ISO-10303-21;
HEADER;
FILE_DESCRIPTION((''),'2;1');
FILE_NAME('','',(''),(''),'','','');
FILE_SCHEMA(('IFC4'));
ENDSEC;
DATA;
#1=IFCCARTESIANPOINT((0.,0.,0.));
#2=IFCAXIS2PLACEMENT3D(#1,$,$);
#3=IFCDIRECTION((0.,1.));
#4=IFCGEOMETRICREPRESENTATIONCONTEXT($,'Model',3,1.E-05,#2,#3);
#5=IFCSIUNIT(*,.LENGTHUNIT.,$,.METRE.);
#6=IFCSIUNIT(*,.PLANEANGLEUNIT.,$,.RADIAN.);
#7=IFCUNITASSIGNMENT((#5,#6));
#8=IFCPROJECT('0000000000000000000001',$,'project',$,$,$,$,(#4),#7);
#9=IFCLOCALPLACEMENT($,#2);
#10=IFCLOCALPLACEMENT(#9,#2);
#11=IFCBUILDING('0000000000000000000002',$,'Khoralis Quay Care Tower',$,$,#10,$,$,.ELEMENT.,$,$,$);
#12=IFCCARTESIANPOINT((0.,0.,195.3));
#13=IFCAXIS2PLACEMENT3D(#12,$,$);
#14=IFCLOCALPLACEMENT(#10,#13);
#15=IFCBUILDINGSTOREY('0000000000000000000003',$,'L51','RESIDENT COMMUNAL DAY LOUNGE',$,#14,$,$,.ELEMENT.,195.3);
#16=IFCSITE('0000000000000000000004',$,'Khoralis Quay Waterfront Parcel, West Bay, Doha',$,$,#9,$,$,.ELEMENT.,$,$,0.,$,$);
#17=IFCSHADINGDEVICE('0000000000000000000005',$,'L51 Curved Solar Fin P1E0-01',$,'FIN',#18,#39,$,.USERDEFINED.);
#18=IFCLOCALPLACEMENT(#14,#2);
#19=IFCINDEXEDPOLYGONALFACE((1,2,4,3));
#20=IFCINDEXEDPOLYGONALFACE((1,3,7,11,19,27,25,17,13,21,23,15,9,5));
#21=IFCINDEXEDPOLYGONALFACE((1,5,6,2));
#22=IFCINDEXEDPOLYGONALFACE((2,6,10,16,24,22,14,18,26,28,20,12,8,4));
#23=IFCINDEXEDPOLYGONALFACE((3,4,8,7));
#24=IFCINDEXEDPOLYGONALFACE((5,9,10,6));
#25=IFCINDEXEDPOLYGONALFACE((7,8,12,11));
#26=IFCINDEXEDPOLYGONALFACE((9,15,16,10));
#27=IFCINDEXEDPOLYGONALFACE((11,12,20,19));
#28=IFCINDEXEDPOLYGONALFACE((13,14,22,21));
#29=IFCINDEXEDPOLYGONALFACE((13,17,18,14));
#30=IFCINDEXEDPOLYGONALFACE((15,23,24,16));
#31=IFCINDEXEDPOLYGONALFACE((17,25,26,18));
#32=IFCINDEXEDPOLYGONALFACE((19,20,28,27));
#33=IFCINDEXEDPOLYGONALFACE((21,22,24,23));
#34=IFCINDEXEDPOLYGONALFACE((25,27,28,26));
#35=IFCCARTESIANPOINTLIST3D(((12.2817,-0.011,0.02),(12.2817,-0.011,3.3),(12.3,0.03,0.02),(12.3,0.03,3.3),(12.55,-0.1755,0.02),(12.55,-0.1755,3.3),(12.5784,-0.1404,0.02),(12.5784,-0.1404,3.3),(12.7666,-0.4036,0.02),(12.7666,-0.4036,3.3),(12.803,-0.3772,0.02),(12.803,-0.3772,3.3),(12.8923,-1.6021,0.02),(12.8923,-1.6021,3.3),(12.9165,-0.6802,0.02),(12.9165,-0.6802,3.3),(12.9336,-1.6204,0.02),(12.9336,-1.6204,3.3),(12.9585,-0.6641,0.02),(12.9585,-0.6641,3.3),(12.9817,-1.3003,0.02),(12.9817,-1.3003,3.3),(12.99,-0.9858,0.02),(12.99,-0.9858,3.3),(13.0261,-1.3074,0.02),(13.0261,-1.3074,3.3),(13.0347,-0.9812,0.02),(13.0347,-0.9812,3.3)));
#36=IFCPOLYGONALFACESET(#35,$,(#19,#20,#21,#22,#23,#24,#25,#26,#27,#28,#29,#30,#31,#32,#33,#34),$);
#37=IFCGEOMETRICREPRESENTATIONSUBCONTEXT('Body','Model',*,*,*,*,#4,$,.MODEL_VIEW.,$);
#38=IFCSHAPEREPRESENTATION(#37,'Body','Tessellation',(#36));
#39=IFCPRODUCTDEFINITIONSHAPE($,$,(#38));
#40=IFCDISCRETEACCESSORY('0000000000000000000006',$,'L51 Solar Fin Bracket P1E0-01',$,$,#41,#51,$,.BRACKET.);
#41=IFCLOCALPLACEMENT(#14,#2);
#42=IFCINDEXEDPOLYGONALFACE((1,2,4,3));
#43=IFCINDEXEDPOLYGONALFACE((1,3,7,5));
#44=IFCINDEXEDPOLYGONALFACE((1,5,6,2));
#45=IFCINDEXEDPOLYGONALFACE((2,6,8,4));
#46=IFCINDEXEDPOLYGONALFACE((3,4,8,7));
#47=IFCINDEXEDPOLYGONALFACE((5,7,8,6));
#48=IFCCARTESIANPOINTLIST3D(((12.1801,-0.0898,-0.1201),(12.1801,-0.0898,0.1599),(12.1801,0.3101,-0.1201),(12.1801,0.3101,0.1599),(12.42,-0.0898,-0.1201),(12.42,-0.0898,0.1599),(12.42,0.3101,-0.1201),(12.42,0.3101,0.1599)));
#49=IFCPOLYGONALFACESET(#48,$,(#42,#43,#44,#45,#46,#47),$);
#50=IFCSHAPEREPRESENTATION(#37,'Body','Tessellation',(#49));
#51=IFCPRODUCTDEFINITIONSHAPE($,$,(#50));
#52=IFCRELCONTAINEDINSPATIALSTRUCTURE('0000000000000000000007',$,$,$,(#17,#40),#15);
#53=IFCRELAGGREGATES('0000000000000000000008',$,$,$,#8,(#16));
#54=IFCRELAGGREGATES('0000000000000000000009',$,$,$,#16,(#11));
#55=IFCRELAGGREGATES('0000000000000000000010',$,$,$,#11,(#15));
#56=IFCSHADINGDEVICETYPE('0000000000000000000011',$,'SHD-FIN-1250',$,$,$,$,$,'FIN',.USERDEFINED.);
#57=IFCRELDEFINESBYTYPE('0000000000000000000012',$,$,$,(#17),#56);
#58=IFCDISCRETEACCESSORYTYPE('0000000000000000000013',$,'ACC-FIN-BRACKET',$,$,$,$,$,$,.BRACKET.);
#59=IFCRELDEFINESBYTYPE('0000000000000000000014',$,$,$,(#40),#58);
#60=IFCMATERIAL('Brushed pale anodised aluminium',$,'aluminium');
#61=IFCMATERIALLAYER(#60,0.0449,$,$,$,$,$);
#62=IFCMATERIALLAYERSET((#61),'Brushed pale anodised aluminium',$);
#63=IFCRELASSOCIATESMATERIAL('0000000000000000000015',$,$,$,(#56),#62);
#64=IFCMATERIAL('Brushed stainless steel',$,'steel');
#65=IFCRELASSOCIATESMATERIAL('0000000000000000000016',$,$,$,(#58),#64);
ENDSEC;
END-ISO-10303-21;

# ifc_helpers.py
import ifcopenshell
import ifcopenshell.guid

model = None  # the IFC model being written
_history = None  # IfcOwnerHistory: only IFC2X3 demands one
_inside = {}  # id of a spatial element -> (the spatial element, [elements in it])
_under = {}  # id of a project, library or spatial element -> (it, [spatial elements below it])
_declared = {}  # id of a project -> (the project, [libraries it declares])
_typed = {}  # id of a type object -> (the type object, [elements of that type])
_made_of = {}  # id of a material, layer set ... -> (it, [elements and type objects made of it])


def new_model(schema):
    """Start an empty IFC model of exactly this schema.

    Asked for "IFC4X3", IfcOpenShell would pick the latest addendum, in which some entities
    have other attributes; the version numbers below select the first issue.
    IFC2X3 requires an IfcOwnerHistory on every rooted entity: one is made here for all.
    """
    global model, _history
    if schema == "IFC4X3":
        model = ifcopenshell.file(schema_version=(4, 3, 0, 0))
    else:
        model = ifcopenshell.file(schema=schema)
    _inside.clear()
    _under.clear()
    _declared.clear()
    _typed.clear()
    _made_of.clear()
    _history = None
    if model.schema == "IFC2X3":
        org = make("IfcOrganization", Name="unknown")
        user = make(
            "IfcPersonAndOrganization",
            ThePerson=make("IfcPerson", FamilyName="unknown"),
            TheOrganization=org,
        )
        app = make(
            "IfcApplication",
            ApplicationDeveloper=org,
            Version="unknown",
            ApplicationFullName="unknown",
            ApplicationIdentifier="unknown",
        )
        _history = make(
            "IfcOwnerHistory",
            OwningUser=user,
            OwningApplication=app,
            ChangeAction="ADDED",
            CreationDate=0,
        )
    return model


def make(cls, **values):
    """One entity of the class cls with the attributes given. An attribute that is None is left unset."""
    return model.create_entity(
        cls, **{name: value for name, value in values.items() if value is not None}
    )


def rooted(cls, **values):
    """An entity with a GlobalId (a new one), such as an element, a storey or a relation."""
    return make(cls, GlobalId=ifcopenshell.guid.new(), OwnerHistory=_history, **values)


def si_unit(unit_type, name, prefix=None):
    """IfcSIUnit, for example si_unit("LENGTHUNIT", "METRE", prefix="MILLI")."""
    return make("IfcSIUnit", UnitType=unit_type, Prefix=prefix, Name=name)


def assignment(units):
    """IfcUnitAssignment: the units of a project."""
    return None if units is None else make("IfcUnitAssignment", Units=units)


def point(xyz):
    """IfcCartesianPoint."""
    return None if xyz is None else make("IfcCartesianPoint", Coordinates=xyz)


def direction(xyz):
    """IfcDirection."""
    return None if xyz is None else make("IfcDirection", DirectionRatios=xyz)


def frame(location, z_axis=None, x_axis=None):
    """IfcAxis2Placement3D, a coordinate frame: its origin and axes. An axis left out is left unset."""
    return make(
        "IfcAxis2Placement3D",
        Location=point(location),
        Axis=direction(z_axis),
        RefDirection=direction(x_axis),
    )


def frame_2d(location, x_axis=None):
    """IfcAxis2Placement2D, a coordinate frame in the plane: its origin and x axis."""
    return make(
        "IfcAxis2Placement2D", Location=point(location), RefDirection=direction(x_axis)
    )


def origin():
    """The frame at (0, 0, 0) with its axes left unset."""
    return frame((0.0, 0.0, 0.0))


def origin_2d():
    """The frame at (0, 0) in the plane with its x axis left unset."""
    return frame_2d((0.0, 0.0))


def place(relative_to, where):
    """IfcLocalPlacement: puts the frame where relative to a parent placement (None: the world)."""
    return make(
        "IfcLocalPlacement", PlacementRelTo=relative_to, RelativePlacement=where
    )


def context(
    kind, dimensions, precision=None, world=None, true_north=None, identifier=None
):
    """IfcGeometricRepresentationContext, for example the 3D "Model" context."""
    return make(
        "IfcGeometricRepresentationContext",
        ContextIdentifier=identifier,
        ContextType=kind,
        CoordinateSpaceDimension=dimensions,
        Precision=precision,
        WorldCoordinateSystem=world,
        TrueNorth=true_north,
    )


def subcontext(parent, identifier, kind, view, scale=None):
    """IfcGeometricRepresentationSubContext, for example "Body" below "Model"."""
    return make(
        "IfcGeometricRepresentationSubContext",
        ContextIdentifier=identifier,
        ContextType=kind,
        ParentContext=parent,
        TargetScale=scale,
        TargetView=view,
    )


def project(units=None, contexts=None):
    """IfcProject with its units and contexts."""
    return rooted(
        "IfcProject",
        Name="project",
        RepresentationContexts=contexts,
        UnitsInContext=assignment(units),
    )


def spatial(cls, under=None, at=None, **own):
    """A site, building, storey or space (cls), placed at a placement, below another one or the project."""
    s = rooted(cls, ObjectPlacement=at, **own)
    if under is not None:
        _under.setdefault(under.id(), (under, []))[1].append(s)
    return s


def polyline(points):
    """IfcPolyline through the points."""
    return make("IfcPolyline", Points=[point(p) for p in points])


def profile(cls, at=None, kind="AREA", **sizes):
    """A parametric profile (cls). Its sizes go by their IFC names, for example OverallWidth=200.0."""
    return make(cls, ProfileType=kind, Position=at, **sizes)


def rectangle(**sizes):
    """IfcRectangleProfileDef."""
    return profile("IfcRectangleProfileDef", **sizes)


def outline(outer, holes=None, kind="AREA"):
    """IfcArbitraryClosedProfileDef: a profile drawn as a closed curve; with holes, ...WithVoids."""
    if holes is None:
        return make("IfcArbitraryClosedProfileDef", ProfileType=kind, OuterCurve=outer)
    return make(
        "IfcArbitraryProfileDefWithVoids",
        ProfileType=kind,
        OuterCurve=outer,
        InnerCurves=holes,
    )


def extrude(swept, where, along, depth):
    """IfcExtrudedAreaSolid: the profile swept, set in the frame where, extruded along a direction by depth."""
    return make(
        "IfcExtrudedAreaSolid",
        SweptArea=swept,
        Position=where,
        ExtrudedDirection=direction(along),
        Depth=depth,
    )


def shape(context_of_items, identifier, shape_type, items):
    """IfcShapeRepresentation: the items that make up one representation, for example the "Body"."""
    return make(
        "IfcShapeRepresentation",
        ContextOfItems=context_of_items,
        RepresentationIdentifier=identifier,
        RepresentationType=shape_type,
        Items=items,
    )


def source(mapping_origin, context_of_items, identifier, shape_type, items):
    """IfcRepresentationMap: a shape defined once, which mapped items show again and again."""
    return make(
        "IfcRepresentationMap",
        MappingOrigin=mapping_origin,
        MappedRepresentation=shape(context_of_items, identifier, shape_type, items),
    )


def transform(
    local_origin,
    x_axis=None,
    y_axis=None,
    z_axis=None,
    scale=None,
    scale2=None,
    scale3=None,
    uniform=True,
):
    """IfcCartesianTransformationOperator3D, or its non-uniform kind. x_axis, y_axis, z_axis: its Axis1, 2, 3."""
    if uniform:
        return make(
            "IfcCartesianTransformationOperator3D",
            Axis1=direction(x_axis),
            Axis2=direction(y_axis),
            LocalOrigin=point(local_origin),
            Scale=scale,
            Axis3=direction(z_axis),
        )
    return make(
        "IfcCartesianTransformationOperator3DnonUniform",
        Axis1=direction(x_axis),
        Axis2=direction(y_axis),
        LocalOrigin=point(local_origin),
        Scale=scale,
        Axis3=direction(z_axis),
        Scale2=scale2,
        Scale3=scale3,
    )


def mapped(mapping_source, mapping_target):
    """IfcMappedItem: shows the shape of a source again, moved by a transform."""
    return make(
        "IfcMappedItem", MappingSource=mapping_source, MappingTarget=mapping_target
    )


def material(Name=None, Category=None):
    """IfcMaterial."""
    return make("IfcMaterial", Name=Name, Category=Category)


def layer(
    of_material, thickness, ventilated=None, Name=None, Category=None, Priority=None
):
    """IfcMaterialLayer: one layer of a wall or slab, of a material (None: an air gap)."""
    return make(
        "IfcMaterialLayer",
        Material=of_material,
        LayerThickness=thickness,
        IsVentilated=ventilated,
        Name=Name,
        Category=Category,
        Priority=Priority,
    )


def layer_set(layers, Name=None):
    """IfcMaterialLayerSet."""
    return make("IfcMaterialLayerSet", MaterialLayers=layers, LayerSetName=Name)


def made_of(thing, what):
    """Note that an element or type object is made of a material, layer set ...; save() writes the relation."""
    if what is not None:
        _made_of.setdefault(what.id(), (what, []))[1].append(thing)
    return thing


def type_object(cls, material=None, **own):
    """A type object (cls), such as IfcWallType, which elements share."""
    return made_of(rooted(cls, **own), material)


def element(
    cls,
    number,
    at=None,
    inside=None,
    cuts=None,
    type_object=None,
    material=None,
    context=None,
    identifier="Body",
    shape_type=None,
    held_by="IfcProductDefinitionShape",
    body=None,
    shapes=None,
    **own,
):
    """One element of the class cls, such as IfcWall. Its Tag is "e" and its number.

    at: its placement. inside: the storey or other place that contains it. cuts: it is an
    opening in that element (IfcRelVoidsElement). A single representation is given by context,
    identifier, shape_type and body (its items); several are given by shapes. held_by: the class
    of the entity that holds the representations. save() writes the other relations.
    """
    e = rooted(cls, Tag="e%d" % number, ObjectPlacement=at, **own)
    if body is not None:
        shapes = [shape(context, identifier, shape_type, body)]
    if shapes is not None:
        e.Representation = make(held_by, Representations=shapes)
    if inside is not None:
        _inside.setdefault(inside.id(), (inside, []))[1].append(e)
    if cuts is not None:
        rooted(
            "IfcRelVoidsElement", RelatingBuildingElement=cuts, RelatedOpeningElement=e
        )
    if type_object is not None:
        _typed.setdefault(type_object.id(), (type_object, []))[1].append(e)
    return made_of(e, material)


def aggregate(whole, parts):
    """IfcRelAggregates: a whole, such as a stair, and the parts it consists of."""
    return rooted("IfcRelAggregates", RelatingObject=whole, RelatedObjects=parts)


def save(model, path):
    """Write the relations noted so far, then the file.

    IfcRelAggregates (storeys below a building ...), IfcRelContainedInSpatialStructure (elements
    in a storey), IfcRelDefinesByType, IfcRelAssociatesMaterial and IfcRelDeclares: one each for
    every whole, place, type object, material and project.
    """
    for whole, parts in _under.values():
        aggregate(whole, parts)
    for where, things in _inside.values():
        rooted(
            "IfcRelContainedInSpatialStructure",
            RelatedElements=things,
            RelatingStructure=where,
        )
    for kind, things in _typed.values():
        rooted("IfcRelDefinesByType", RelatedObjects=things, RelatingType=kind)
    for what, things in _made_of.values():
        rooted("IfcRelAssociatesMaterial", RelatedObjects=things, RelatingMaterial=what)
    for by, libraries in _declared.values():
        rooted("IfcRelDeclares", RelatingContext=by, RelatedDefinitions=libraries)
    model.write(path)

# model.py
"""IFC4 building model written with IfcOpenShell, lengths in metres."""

from ifc_helpers import new_model, si_unit, direction, frame, origin, origin_2d, place, context, subcontext, project, spatial, polyline, rectangle, outline, extrude, source, transform, mapped, material, layer, layer_set, type_object, element, save


model = new_model("IFC4")

# Units and contexts
model_context = context("Model", 3, precision=1e-05, world=origin(), true_north=direction((0.0, 1.0)))
body_context = subcontext(model_context, "Body", "Model", "MODEL_VIEW")
ifc_project = project(units=[si_unit("LENGTHUNIT", "METRE"), si_unit("PLANEANGLEUNIT", "RADIAN")], contexts=[model_context])

# Site, building, storey
site_placement = place(None, origin())
site = spatial("IfcSite", under=ifc_project, at=site_placement, Name="Khoralis Quay Waterfront Parcel, West Bay, Doha", CompositionType="ELEMENT", RefElevation=0.0)
building_placement = place(site_placement, origin())
building = spatial("IfcBuilding", under=site, at=building_placement, Name="Khoralis Quay Care Tower", CompositionType="ELEMENT")
storey_placement = place(building_placement, frame((0.0, 0.0, 195.3)))
storey = spatial("IfcBuildingStorey", under=building, at=storey_placement, Name="L51", Description="RESIDENT COMMUNAL DAY LOUNGE", CompositionType="ELEMENT", Elevation=195.3)

# Shading device
ifc_material_1 = material(Name="Brushed pale anodised aluminium", Category="aluminium")
ifc_layer_1 = layer(ifc_material_1, 0.0449)
ifc_layer_set_1 = layer_set([ifc_layer_1], Name="Brushed pale anodised aluminium")
shading_device_type = type_object("IfcShadingDeviceType", Name="SHD-FIN-1250", ElementType="FIN", PredefinedType="USERDEFINED", material=ifc_layer_set_1)
shared_shape_1 = source(origin(), body_context, "Body", "SweptSolid", [
    extrude(outline(polyline([(0.0, 0.0), (0.1704, 0.2783), (0.4072, 0.5029), (0.6941, 0.6584), (1.0112, 0.7346), (1.3374, 0.7261), (1.6504, 0.6335), (1.6321, 0.5923), (1.3303, 0.6816), (1.0159, 0.6899), (0.7102, 0.6165), (0.4336, 0.4666), (0.2056, 0.25), (0.041, -0.0183), (0.0, 0.0)])), origin(), (0.0, 0.0, 1.0), 3.28),
])
shading_device_placement = place(storey_placement, frame((12.3, 0.03, 0.02), z_axis=(0.0, 0.0, 1.0), x_axis=(0.0, -1.0, 0.0)))
element("IfcShadingDevice", 1, at=shading_device_placement, inside=storey, type_object=shading_device_type, Name="L51 Curved Solar Fin P1E0-01", ObjectType="FIN", PredefinedType="USERDEFINED", context=body_context, shape_type="MappedRepresentation", body=[
    mapped(shared_shape_1, transform((0.0, 0.0, 0.0), scale=1.0)),
])

# Discrete accessory
ifc_material_2 = material(Name="Brushed stainless steel", Category="steel")
discrete_accessory_type = type_object("IfcDiscreteAccessoryType", Name="ACC-FIN-BRACKET", PredefinedType="BRACKET", material=ifc_material_2)
shared_shape_2 = source(origin(), body_context, "Body", "SweptSolid", [
    extrude(rectangle(XDim=0.3999, YDim=0.24, at=origin_2d()), origin(), (0.0, 0.0, 1.0), 0.28),
])
discrete_accessory_placement = place(storey_placement, frame((12.3, 0.1101, -0.1201), z_axis=(0.0, 0.0, 1.0), x_axis=(0.0, -1.0, 0.0)))
element("IfcDiscreteAccessory", 2, at=discrete_accessory_placement, inside=storey, type_object=discrete_accessory_type, Name="L51 Solar Fin Bracket P1E0-01", PredefinedType="BRACKET", context=body_context, shape_type="MappedRepresentation", body=[
    mapped(shared_shape_2, transform((0.0, 0.0, 0.0), scale=1.0)),
])

save(model, "model.ifc")
